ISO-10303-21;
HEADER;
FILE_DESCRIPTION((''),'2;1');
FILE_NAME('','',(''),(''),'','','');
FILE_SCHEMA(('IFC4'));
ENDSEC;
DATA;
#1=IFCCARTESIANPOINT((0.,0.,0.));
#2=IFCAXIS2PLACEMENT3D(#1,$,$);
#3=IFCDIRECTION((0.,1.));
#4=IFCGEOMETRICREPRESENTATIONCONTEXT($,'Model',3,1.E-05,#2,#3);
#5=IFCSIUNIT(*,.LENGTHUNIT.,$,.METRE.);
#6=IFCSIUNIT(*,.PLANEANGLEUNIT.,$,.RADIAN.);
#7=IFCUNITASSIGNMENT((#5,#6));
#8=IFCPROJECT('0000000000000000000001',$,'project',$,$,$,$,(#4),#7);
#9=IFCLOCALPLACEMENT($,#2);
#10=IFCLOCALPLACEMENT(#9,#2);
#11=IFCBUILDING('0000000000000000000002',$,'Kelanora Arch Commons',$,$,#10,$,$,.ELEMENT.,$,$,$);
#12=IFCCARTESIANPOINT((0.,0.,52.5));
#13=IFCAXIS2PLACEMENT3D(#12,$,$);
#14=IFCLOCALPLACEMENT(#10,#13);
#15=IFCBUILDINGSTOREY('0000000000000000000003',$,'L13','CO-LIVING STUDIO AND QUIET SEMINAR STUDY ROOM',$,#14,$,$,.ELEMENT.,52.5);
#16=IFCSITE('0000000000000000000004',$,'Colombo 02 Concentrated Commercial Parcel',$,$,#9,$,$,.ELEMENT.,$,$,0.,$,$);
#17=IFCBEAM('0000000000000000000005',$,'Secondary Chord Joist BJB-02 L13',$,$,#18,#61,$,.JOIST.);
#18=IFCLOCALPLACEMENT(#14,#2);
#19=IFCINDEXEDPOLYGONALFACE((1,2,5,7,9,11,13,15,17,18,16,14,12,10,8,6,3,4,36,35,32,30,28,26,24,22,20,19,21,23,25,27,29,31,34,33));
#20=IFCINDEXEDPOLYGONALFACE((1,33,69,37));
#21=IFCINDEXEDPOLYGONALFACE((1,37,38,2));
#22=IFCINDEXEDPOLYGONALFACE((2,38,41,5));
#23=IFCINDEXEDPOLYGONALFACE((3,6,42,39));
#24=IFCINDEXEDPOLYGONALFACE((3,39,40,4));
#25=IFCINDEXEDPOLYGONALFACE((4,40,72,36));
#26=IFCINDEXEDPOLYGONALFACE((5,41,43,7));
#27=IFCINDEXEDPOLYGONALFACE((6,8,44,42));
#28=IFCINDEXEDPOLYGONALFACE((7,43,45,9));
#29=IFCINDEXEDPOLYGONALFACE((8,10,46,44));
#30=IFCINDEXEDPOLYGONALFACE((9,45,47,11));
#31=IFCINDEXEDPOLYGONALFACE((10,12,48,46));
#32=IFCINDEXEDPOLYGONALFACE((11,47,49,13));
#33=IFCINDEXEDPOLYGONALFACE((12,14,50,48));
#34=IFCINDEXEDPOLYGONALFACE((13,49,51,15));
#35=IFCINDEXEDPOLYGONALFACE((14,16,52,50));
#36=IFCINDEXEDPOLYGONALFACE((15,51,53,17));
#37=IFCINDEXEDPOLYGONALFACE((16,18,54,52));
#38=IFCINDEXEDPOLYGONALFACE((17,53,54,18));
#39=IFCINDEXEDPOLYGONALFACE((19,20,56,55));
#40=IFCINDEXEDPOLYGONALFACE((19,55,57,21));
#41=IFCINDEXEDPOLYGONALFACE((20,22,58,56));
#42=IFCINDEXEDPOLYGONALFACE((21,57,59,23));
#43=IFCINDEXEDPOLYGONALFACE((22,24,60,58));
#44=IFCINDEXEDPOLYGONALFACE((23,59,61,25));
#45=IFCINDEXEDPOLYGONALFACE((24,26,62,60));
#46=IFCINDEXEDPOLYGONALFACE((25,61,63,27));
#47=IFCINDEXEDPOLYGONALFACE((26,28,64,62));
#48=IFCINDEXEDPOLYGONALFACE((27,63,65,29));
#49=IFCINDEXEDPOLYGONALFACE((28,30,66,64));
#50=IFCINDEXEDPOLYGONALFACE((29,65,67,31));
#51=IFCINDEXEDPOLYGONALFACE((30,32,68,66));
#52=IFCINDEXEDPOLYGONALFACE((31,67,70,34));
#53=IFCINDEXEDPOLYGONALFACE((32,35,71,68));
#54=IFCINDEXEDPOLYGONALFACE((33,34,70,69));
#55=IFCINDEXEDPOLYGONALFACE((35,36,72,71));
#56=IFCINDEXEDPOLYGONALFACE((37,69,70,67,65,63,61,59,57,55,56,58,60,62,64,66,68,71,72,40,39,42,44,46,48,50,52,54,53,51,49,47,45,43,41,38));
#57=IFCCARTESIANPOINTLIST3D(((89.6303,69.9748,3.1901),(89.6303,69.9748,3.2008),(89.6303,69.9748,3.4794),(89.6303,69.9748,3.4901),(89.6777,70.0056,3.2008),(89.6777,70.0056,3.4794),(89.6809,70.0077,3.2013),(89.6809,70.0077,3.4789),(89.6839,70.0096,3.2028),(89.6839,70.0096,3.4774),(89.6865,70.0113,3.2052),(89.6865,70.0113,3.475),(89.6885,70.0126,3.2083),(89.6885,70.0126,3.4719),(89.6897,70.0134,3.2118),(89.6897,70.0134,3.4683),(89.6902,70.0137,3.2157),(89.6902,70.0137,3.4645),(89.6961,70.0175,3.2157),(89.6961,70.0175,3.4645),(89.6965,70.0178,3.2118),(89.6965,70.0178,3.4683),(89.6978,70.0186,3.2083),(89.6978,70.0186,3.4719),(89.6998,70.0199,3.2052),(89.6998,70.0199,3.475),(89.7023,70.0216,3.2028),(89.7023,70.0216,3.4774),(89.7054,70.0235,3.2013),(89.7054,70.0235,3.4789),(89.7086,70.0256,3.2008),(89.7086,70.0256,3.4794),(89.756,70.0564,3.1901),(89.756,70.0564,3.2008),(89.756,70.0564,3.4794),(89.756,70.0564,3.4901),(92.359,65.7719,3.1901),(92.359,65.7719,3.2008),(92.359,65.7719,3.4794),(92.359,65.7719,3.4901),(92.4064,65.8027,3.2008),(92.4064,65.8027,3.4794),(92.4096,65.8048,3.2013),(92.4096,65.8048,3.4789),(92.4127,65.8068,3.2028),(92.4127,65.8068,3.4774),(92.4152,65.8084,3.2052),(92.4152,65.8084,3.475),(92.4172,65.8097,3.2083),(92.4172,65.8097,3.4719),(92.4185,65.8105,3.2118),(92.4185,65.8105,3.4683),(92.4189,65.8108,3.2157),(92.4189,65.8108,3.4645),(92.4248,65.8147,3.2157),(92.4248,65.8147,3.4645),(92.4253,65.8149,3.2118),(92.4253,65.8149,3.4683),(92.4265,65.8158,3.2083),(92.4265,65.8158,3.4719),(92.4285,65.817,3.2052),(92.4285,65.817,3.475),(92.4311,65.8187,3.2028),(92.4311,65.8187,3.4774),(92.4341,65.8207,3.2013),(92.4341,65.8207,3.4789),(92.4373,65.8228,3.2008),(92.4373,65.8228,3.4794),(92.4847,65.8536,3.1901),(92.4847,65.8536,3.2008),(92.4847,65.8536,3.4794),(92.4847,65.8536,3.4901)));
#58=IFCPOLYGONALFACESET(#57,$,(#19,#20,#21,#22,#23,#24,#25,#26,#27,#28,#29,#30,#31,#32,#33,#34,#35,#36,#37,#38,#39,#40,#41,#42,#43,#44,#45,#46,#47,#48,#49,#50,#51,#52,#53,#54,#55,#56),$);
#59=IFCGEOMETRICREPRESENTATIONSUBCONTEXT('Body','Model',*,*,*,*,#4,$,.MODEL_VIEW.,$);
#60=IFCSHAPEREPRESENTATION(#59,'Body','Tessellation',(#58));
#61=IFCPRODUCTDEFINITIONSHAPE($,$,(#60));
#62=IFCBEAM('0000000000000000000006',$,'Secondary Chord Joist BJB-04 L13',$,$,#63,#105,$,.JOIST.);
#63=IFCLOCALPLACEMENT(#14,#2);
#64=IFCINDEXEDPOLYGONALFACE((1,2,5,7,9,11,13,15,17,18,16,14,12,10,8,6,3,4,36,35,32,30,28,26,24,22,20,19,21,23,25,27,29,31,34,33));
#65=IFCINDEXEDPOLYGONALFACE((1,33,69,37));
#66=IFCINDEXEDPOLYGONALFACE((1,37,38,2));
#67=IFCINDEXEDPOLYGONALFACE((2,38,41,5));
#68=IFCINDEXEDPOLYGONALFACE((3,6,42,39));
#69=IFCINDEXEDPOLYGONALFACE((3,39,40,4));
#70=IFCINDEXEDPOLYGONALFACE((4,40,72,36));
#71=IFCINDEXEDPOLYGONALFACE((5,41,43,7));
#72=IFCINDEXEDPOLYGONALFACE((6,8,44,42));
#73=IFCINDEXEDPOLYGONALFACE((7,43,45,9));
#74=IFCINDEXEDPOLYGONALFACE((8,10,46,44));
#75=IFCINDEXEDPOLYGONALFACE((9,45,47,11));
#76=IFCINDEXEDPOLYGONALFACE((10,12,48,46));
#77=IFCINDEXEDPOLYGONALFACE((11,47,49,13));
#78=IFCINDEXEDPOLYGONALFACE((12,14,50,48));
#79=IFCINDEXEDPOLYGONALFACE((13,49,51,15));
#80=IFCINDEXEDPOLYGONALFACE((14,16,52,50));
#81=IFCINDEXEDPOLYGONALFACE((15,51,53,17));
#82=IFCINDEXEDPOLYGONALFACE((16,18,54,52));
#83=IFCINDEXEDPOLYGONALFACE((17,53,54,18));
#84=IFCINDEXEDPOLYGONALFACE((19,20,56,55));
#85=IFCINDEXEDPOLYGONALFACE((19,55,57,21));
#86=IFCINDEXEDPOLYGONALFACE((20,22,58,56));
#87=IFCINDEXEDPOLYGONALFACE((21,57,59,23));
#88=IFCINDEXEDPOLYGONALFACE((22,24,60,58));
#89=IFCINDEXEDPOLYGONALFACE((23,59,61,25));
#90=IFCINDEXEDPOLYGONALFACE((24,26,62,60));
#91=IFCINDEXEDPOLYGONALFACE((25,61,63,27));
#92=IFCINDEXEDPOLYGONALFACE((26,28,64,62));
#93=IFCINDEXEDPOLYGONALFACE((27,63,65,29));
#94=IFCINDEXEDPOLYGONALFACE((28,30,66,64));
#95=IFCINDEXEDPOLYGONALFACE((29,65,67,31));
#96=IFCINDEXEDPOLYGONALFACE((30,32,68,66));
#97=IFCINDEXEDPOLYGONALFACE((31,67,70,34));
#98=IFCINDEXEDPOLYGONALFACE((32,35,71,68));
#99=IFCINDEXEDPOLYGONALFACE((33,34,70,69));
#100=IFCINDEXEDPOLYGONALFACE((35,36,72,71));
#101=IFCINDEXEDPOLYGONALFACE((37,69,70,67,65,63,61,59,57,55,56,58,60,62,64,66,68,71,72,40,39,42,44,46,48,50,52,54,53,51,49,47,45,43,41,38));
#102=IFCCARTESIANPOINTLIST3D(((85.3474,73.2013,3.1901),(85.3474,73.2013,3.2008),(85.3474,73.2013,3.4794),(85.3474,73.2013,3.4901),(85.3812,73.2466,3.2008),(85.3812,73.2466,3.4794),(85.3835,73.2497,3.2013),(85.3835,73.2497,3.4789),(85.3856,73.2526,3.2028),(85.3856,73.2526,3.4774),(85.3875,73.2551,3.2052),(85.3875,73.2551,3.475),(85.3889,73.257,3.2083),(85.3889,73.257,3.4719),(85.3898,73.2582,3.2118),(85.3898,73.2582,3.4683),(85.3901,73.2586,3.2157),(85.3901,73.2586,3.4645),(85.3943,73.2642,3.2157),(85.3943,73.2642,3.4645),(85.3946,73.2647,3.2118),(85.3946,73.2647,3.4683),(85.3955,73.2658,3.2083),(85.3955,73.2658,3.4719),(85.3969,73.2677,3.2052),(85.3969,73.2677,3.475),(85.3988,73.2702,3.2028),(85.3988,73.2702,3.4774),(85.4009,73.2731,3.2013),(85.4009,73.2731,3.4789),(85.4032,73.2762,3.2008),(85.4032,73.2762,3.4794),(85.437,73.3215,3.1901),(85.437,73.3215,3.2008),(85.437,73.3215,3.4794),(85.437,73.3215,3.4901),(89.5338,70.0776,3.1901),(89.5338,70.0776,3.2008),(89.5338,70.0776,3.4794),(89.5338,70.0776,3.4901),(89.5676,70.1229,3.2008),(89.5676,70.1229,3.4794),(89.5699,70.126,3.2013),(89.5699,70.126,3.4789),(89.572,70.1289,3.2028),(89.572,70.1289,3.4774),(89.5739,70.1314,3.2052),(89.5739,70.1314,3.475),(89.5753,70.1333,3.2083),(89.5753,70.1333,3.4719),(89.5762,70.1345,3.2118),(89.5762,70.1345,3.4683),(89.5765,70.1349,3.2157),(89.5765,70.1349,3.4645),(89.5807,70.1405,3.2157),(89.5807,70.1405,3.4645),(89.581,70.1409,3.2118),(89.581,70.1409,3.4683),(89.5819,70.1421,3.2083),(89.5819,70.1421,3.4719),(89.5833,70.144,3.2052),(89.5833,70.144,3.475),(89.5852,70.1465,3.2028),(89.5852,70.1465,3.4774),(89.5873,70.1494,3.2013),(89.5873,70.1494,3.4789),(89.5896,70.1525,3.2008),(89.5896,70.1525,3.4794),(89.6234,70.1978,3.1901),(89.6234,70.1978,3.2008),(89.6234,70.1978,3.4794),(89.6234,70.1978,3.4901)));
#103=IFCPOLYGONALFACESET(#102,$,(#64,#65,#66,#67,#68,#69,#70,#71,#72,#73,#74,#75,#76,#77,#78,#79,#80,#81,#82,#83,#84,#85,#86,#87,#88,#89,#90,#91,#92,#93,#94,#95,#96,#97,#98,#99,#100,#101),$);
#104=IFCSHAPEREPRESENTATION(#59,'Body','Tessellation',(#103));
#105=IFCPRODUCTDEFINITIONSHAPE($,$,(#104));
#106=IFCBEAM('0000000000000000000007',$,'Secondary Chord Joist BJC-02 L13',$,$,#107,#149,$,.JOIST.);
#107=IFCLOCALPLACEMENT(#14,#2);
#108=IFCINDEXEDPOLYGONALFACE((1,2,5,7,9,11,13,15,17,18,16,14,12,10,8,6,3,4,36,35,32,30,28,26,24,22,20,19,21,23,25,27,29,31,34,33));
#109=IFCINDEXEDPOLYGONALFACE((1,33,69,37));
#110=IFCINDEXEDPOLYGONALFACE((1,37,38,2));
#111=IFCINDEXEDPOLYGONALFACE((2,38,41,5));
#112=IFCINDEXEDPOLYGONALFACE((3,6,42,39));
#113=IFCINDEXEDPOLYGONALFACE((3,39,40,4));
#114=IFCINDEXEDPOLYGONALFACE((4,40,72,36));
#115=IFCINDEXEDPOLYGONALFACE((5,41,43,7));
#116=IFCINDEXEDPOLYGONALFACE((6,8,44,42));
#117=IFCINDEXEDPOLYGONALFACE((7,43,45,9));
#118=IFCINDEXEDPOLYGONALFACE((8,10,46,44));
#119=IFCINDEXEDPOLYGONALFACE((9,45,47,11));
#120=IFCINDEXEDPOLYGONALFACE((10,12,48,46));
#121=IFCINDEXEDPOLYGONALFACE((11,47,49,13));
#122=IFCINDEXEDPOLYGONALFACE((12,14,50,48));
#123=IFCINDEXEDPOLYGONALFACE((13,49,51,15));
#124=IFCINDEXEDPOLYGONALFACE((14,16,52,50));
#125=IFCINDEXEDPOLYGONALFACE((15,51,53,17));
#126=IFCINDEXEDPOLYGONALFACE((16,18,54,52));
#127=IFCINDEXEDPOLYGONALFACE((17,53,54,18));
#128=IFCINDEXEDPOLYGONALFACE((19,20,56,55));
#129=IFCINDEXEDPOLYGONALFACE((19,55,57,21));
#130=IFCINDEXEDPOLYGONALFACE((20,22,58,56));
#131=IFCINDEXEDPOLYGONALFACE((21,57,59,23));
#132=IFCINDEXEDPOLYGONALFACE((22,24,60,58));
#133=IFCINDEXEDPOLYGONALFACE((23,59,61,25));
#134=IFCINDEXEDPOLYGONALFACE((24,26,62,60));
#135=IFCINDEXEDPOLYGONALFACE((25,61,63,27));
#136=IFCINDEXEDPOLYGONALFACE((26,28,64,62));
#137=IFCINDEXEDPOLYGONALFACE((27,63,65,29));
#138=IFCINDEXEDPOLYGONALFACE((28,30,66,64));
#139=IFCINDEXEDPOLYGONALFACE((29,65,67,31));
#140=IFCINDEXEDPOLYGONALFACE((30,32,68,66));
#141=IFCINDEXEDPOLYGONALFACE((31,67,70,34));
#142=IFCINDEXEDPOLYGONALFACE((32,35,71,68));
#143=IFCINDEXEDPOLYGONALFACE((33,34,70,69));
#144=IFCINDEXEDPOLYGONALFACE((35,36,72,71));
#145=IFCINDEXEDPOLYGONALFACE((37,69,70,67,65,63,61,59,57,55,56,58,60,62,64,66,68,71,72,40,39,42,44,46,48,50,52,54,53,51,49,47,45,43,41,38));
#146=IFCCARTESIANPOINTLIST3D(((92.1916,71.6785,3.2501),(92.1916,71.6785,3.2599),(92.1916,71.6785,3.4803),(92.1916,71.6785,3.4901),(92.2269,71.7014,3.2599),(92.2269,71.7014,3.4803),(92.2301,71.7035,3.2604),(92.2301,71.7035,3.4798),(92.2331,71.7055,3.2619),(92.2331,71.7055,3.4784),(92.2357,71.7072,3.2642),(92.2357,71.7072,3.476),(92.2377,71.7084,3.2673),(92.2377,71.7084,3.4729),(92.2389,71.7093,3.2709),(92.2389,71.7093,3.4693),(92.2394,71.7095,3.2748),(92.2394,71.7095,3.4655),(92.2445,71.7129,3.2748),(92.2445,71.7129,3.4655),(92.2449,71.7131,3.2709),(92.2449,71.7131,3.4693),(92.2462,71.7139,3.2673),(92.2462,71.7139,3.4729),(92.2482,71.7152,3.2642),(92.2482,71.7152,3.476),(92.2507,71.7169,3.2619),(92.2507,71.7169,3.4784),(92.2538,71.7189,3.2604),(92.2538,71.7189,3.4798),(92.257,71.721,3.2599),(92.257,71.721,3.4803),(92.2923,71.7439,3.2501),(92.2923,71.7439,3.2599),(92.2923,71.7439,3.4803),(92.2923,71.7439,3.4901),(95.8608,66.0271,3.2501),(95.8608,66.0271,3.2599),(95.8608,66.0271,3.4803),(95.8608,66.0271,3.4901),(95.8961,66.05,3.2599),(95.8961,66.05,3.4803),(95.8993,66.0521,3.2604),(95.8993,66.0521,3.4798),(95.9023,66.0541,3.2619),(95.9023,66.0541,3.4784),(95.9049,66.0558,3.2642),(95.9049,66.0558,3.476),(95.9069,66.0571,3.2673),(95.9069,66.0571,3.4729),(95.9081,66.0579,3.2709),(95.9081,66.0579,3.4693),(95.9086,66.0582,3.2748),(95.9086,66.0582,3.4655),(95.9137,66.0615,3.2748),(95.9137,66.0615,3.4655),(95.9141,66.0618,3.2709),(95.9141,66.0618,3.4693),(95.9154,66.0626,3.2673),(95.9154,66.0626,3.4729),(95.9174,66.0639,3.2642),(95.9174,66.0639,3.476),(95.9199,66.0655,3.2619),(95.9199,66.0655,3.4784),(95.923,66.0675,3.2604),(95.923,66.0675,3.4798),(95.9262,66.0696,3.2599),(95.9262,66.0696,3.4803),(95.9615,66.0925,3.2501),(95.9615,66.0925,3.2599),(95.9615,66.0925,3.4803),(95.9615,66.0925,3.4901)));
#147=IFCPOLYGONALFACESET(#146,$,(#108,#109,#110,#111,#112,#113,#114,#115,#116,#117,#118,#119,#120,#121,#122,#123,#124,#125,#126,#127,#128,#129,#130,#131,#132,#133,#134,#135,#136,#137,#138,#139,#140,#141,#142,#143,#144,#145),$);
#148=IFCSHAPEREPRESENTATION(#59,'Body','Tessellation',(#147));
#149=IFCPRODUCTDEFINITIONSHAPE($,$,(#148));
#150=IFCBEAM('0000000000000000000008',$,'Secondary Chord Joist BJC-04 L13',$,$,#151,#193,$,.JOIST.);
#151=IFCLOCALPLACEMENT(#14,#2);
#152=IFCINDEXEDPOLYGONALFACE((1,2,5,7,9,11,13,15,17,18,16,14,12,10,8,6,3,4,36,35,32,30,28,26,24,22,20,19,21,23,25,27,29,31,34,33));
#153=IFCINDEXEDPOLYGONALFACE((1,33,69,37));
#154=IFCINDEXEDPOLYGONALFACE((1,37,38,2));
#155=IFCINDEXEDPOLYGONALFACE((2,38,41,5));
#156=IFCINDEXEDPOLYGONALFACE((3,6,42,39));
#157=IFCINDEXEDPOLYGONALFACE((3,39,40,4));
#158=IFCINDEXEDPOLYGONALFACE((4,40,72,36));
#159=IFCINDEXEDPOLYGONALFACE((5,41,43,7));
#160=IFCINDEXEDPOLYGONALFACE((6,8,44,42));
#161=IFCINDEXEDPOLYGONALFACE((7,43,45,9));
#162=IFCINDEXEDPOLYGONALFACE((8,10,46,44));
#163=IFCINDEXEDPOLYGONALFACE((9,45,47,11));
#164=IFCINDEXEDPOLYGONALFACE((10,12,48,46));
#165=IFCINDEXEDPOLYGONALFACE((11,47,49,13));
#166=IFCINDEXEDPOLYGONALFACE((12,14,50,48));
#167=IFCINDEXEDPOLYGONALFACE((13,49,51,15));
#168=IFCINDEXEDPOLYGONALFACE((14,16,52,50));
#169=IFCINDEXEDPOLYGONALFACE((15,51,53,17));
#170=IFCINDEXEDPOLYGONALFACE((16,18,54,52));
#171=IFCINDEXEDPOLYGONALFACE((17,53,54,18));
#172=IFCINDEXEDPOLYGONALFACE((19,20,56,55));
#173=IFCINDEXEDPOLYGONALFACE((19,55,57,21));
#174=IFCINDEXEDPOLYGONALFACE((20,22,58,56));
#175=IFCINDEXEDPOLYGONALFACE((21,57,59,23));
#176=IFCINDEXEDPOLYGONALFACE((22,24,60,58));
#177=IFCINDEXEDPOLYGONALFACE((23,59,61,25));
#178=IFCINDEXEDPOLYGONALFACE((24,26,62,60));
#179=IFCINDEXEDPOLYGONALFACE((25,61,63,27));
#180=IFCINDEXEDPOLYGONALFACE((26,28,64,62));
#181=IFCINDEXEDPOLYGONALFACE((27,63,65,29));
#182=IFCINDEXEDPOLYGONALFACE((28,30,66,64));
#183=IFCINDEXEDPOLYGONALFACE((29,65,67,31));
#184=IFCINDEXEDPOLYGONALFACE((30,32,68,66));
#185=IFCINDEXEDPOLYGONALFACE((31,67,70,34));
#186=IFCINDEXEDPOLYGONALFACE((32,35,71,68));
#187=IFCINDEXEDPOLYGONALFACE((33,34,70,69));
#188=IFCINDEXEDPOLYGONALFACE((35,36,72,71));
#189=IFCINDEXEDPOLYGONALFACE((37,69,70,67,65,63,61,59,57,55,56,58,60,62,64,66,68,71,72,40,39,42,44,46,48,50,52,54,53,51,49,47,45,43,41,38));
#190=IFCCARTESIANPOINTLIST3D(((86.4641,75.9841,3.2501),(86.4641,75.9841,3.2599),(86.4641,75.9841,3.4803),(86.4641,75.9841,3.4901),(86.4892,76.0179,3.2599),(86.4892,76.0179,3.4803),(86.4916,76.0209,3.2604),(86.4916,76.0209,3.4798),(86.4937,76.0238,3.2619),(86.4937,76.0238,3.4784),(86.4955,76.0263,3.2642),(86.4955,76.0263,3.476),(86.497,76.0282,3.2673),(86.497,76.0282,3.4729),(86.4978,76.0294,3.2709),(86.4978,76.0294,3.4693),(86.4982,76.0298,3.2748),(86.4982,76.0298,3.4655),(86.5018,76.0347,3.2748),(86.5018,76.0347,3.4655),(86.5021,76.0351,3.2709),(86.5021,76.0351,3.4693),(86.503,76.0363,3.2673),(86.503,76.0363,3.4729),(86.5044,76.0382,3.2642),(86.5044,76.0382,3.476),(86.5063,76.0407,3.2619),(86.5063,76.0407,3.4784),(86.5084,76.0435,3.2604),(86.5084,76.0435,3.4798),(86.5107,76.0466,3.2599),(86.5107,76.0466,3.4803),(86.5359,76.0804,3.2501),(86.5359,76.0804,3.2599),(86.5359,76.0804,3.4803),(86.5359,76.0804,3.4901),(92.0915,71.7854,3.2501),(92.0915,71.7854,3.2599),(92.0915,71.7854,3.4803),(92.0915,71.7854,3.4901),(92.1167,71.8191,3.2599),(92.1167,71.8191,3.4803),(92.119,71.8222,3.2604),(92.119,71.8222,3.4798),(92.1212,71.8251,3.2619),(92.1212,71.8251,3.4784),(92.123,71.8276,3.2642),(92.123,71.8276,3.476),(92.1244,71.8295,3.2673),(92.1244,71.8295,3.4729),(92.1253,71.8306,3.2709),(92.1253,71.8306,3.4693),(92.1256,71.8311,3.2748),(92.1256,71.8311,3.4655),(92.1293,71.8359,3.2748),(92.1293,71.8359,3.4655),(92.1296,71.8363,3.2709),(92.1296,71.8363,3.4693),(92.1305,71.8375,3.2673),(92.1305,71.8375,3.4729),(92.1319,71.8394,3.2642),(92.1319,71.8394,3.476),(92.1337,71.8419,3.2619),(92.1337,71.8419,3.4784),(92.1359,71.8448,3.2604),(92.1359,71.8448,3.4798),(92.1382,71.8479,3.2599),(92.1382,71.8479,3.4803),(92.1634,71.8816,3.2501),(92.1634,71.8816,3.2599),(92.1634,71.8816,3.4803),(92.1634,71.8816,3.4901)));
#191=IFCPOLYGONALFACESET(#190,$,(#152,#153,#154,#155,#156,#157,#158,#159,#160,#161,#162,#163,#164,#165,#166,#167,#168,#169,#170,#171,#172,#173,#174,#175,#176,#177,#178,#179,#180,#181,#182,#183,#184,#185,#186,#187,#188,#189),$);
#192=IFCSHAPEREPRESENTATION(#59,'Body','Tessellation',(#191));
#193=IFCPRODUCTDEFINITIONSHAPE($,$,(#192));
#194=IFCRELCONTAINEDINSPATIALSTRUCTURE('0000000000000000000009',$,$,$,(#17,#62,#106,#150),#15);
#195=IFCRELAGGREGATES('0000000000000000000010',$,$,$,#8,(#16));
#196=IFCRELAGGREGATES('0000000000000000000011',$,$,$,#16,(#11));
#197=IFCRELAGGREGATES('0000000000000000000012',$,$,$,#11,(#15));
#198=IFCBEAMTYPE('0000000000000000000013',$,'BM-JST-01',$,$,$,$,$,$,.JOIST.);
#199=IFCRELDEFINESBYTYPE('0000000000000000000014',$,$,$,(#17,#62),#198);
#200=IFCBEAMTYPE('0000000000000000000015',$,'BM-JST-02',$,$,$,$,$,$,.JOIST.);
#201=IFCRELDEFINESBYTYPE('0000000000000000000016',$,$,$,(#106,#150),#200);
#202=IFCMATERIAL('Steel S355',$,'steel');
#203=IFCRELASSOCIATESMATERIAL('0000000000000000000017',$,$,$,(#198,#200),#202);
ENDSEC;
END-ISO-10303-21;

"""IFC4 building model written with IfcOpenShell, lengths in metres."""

from ifc_helpers import new_model, si_unit, direction, frame, origin, origin_2d, place, context, subcontext, project, spatial, i_section, extrude, material, material_profile, profile_set, type_object, element, save


model = new_model("IFC4")

# Units and contexts
model_context = context("Model", 3, precision=1e-05, world=origin(), true_north=direction((0.0, 1.0)))
body_context = subcontext(model_context, "Body", "Model", "MODEL_VIEW")
ifc_project = project(units=[si_unit("LENGTHUNIT", "METRE"), si_unit("PLANEANGLEUNIT", "RADIAN")], contexts=[model_context])

# Site, building, storey
site_placement = place(None, origin())
site = spatial("IfcSite", under=ifc_project, at=site_placement, Name="Colombo 02 Concentrated Commercial Parcel", CompositionType="ELEMENT", RefElevation=0.0)
building_placement = place(site_placement, origin())
building = spatial("IfcBuilding", under=site, at=building_placement, Name="Kelanora Arch Commons", CompositionType="ELEMENT")
storey_placement = place(building_placement, frame((0.0, 0.0, 52.5)))
storey = spatial("IfcBuildingStorey", under=building, at=storey_placement, Name="L13", Description="CO-LIVING STUDIO AND QUIET SEMINAR STUDY ROOM", CompositionType="ELEMENT", Elevation=52.5)

# Beams
ifc_material_1 = material(Name="Steel S355", Category="steel")
ifc_material_profile_1 = material_profile(ifc_material_1, i_section(OverallWidth=0.1499, OverallDepth=0.3, WebThickness=0.0071, FlangeThickness=0.0107, FilletRadius=0.0149, at=origin_2d()), Name="IPE300")
ifc_profile_set_1 = profile_set([ifc_material_profile_1], Name="Steel S355")
beam_type_1 = type_object("IfcBeamType", Name="BM-JST-01", PredefinedType="JOIST", material=ifc_profile_set_1)
beam_1_placement = place(storey_placement, frame((92.4219, 65.8127, 3.3401), z_axis=(-0.544552, 0.838727, 0.0), x_axis=(-0.838727, -0.544552, 0.0)))
element("IfcBeam", 1, at=beam_1_placement, inside=storey, type_object=beam_type_1, Name="Secondary Chord Joist BJB-02 L13", PredefinedType="JOIST", context=body_context, shape_type="SweptSolid", body=[
    extrude(i_section(OverallWidth=0.1499, OverallDepth=0.3, WebThickness=0.0071, FlangeThickness=0.0107, FilletRadius=0.0149, at=origin_2d()), origin(), (0.0, 0.0, 1.0), 5.011),
])
beam_2_placement = place(storey_placement, frame((89.5786, 70.1377, 3.3401), z_axis=(-0.801478, 0.598024, 0.0), x_axis=(-0.598024, -0.801478, 0.0)))
element("IfcBeam", 2, at=beam_2_placement, inside=storey, type_object=beam_type_1, Name="Secondary Chord Joist BJB-04 L13", PredefinedType="JOIST", context=body_context, shape_type="SweptSolid", body=[
    extrude(i_section(OverallWidth=0.1499, OverallDepth=0.3, WebThickness=0.0071, FlangeThickness=0.0107, FilletRadius=0.0149, at=origin_2d()), origin(), (0.0, 0.0, 1.0), 5.2234),
])
ifc_material_profile_2 = material_profile(ifc_material_1, i_section(OverallWidth=0.1201, OverallDepth=0.24, WebThickness=0.0061, FlangeThickness=0.0098, FilletRadius=0.0149, at=origin_2d()), Name="IPE240")
ifc_profile_set_2 = profile_set([ifc_material_profile_2], Name="Steel S355")
beam_type_2 = type_object("IfcBeamType", Name="BM-JST-02", PredefinedType="JOIST", material=ifc_profile_set_2)
beam_3_placement = place(storey_placement, frame((95.9111, 66.0598, 3.3701), z_axis=(-0.54455, 0.838728, 0.0), x_axis=(-0.838728, -0.54455, 0.0)))
element("IfcBeam", 3, at=beam_3_placement, inside=storey, type_object=beam_type_2, Name="Secondary Chord Joist BJC-02 L13", PredefinedType="JOIST", context=body_context, shape_type="SweptSolid", body=[
    extrude(i_section(OverallWidth=0.1201, OverallDepth=0.24, WebThickness=0.0061, FlangeThickness=0.0098, FilletRadius=0.0149, at=origin_2d()), origin(), (0.0, 0.0, 1.0), 6.738),
])
beam_4_placement = place(storey_placement, frame((92.1274, 71.8335, 3.3701), z_axis=(-0.801491, 0.598006, 0.0), x_axis=(-0.598006, -0.801491, 0.0)))
element("IfcBeam", 4, at=beam_4_placement, inside=storey, type_object=beam_type_2, Name="Secondary Chord Joist BJC-04 L13", PredefinedType="JOIST", context=body_context, shape_type="SweptSolid", body=[
    extrude(i_section(OverallWidth=0.1201, OverallDepth=0.24, WebThickness=0.0061, FlangeThickness=0.0098, FilletRadius=0.0149, at=origin_2d()), origin(), (0.0, 0.0, 1.0), 7.0212),
])

save(model, "model.ifc")
